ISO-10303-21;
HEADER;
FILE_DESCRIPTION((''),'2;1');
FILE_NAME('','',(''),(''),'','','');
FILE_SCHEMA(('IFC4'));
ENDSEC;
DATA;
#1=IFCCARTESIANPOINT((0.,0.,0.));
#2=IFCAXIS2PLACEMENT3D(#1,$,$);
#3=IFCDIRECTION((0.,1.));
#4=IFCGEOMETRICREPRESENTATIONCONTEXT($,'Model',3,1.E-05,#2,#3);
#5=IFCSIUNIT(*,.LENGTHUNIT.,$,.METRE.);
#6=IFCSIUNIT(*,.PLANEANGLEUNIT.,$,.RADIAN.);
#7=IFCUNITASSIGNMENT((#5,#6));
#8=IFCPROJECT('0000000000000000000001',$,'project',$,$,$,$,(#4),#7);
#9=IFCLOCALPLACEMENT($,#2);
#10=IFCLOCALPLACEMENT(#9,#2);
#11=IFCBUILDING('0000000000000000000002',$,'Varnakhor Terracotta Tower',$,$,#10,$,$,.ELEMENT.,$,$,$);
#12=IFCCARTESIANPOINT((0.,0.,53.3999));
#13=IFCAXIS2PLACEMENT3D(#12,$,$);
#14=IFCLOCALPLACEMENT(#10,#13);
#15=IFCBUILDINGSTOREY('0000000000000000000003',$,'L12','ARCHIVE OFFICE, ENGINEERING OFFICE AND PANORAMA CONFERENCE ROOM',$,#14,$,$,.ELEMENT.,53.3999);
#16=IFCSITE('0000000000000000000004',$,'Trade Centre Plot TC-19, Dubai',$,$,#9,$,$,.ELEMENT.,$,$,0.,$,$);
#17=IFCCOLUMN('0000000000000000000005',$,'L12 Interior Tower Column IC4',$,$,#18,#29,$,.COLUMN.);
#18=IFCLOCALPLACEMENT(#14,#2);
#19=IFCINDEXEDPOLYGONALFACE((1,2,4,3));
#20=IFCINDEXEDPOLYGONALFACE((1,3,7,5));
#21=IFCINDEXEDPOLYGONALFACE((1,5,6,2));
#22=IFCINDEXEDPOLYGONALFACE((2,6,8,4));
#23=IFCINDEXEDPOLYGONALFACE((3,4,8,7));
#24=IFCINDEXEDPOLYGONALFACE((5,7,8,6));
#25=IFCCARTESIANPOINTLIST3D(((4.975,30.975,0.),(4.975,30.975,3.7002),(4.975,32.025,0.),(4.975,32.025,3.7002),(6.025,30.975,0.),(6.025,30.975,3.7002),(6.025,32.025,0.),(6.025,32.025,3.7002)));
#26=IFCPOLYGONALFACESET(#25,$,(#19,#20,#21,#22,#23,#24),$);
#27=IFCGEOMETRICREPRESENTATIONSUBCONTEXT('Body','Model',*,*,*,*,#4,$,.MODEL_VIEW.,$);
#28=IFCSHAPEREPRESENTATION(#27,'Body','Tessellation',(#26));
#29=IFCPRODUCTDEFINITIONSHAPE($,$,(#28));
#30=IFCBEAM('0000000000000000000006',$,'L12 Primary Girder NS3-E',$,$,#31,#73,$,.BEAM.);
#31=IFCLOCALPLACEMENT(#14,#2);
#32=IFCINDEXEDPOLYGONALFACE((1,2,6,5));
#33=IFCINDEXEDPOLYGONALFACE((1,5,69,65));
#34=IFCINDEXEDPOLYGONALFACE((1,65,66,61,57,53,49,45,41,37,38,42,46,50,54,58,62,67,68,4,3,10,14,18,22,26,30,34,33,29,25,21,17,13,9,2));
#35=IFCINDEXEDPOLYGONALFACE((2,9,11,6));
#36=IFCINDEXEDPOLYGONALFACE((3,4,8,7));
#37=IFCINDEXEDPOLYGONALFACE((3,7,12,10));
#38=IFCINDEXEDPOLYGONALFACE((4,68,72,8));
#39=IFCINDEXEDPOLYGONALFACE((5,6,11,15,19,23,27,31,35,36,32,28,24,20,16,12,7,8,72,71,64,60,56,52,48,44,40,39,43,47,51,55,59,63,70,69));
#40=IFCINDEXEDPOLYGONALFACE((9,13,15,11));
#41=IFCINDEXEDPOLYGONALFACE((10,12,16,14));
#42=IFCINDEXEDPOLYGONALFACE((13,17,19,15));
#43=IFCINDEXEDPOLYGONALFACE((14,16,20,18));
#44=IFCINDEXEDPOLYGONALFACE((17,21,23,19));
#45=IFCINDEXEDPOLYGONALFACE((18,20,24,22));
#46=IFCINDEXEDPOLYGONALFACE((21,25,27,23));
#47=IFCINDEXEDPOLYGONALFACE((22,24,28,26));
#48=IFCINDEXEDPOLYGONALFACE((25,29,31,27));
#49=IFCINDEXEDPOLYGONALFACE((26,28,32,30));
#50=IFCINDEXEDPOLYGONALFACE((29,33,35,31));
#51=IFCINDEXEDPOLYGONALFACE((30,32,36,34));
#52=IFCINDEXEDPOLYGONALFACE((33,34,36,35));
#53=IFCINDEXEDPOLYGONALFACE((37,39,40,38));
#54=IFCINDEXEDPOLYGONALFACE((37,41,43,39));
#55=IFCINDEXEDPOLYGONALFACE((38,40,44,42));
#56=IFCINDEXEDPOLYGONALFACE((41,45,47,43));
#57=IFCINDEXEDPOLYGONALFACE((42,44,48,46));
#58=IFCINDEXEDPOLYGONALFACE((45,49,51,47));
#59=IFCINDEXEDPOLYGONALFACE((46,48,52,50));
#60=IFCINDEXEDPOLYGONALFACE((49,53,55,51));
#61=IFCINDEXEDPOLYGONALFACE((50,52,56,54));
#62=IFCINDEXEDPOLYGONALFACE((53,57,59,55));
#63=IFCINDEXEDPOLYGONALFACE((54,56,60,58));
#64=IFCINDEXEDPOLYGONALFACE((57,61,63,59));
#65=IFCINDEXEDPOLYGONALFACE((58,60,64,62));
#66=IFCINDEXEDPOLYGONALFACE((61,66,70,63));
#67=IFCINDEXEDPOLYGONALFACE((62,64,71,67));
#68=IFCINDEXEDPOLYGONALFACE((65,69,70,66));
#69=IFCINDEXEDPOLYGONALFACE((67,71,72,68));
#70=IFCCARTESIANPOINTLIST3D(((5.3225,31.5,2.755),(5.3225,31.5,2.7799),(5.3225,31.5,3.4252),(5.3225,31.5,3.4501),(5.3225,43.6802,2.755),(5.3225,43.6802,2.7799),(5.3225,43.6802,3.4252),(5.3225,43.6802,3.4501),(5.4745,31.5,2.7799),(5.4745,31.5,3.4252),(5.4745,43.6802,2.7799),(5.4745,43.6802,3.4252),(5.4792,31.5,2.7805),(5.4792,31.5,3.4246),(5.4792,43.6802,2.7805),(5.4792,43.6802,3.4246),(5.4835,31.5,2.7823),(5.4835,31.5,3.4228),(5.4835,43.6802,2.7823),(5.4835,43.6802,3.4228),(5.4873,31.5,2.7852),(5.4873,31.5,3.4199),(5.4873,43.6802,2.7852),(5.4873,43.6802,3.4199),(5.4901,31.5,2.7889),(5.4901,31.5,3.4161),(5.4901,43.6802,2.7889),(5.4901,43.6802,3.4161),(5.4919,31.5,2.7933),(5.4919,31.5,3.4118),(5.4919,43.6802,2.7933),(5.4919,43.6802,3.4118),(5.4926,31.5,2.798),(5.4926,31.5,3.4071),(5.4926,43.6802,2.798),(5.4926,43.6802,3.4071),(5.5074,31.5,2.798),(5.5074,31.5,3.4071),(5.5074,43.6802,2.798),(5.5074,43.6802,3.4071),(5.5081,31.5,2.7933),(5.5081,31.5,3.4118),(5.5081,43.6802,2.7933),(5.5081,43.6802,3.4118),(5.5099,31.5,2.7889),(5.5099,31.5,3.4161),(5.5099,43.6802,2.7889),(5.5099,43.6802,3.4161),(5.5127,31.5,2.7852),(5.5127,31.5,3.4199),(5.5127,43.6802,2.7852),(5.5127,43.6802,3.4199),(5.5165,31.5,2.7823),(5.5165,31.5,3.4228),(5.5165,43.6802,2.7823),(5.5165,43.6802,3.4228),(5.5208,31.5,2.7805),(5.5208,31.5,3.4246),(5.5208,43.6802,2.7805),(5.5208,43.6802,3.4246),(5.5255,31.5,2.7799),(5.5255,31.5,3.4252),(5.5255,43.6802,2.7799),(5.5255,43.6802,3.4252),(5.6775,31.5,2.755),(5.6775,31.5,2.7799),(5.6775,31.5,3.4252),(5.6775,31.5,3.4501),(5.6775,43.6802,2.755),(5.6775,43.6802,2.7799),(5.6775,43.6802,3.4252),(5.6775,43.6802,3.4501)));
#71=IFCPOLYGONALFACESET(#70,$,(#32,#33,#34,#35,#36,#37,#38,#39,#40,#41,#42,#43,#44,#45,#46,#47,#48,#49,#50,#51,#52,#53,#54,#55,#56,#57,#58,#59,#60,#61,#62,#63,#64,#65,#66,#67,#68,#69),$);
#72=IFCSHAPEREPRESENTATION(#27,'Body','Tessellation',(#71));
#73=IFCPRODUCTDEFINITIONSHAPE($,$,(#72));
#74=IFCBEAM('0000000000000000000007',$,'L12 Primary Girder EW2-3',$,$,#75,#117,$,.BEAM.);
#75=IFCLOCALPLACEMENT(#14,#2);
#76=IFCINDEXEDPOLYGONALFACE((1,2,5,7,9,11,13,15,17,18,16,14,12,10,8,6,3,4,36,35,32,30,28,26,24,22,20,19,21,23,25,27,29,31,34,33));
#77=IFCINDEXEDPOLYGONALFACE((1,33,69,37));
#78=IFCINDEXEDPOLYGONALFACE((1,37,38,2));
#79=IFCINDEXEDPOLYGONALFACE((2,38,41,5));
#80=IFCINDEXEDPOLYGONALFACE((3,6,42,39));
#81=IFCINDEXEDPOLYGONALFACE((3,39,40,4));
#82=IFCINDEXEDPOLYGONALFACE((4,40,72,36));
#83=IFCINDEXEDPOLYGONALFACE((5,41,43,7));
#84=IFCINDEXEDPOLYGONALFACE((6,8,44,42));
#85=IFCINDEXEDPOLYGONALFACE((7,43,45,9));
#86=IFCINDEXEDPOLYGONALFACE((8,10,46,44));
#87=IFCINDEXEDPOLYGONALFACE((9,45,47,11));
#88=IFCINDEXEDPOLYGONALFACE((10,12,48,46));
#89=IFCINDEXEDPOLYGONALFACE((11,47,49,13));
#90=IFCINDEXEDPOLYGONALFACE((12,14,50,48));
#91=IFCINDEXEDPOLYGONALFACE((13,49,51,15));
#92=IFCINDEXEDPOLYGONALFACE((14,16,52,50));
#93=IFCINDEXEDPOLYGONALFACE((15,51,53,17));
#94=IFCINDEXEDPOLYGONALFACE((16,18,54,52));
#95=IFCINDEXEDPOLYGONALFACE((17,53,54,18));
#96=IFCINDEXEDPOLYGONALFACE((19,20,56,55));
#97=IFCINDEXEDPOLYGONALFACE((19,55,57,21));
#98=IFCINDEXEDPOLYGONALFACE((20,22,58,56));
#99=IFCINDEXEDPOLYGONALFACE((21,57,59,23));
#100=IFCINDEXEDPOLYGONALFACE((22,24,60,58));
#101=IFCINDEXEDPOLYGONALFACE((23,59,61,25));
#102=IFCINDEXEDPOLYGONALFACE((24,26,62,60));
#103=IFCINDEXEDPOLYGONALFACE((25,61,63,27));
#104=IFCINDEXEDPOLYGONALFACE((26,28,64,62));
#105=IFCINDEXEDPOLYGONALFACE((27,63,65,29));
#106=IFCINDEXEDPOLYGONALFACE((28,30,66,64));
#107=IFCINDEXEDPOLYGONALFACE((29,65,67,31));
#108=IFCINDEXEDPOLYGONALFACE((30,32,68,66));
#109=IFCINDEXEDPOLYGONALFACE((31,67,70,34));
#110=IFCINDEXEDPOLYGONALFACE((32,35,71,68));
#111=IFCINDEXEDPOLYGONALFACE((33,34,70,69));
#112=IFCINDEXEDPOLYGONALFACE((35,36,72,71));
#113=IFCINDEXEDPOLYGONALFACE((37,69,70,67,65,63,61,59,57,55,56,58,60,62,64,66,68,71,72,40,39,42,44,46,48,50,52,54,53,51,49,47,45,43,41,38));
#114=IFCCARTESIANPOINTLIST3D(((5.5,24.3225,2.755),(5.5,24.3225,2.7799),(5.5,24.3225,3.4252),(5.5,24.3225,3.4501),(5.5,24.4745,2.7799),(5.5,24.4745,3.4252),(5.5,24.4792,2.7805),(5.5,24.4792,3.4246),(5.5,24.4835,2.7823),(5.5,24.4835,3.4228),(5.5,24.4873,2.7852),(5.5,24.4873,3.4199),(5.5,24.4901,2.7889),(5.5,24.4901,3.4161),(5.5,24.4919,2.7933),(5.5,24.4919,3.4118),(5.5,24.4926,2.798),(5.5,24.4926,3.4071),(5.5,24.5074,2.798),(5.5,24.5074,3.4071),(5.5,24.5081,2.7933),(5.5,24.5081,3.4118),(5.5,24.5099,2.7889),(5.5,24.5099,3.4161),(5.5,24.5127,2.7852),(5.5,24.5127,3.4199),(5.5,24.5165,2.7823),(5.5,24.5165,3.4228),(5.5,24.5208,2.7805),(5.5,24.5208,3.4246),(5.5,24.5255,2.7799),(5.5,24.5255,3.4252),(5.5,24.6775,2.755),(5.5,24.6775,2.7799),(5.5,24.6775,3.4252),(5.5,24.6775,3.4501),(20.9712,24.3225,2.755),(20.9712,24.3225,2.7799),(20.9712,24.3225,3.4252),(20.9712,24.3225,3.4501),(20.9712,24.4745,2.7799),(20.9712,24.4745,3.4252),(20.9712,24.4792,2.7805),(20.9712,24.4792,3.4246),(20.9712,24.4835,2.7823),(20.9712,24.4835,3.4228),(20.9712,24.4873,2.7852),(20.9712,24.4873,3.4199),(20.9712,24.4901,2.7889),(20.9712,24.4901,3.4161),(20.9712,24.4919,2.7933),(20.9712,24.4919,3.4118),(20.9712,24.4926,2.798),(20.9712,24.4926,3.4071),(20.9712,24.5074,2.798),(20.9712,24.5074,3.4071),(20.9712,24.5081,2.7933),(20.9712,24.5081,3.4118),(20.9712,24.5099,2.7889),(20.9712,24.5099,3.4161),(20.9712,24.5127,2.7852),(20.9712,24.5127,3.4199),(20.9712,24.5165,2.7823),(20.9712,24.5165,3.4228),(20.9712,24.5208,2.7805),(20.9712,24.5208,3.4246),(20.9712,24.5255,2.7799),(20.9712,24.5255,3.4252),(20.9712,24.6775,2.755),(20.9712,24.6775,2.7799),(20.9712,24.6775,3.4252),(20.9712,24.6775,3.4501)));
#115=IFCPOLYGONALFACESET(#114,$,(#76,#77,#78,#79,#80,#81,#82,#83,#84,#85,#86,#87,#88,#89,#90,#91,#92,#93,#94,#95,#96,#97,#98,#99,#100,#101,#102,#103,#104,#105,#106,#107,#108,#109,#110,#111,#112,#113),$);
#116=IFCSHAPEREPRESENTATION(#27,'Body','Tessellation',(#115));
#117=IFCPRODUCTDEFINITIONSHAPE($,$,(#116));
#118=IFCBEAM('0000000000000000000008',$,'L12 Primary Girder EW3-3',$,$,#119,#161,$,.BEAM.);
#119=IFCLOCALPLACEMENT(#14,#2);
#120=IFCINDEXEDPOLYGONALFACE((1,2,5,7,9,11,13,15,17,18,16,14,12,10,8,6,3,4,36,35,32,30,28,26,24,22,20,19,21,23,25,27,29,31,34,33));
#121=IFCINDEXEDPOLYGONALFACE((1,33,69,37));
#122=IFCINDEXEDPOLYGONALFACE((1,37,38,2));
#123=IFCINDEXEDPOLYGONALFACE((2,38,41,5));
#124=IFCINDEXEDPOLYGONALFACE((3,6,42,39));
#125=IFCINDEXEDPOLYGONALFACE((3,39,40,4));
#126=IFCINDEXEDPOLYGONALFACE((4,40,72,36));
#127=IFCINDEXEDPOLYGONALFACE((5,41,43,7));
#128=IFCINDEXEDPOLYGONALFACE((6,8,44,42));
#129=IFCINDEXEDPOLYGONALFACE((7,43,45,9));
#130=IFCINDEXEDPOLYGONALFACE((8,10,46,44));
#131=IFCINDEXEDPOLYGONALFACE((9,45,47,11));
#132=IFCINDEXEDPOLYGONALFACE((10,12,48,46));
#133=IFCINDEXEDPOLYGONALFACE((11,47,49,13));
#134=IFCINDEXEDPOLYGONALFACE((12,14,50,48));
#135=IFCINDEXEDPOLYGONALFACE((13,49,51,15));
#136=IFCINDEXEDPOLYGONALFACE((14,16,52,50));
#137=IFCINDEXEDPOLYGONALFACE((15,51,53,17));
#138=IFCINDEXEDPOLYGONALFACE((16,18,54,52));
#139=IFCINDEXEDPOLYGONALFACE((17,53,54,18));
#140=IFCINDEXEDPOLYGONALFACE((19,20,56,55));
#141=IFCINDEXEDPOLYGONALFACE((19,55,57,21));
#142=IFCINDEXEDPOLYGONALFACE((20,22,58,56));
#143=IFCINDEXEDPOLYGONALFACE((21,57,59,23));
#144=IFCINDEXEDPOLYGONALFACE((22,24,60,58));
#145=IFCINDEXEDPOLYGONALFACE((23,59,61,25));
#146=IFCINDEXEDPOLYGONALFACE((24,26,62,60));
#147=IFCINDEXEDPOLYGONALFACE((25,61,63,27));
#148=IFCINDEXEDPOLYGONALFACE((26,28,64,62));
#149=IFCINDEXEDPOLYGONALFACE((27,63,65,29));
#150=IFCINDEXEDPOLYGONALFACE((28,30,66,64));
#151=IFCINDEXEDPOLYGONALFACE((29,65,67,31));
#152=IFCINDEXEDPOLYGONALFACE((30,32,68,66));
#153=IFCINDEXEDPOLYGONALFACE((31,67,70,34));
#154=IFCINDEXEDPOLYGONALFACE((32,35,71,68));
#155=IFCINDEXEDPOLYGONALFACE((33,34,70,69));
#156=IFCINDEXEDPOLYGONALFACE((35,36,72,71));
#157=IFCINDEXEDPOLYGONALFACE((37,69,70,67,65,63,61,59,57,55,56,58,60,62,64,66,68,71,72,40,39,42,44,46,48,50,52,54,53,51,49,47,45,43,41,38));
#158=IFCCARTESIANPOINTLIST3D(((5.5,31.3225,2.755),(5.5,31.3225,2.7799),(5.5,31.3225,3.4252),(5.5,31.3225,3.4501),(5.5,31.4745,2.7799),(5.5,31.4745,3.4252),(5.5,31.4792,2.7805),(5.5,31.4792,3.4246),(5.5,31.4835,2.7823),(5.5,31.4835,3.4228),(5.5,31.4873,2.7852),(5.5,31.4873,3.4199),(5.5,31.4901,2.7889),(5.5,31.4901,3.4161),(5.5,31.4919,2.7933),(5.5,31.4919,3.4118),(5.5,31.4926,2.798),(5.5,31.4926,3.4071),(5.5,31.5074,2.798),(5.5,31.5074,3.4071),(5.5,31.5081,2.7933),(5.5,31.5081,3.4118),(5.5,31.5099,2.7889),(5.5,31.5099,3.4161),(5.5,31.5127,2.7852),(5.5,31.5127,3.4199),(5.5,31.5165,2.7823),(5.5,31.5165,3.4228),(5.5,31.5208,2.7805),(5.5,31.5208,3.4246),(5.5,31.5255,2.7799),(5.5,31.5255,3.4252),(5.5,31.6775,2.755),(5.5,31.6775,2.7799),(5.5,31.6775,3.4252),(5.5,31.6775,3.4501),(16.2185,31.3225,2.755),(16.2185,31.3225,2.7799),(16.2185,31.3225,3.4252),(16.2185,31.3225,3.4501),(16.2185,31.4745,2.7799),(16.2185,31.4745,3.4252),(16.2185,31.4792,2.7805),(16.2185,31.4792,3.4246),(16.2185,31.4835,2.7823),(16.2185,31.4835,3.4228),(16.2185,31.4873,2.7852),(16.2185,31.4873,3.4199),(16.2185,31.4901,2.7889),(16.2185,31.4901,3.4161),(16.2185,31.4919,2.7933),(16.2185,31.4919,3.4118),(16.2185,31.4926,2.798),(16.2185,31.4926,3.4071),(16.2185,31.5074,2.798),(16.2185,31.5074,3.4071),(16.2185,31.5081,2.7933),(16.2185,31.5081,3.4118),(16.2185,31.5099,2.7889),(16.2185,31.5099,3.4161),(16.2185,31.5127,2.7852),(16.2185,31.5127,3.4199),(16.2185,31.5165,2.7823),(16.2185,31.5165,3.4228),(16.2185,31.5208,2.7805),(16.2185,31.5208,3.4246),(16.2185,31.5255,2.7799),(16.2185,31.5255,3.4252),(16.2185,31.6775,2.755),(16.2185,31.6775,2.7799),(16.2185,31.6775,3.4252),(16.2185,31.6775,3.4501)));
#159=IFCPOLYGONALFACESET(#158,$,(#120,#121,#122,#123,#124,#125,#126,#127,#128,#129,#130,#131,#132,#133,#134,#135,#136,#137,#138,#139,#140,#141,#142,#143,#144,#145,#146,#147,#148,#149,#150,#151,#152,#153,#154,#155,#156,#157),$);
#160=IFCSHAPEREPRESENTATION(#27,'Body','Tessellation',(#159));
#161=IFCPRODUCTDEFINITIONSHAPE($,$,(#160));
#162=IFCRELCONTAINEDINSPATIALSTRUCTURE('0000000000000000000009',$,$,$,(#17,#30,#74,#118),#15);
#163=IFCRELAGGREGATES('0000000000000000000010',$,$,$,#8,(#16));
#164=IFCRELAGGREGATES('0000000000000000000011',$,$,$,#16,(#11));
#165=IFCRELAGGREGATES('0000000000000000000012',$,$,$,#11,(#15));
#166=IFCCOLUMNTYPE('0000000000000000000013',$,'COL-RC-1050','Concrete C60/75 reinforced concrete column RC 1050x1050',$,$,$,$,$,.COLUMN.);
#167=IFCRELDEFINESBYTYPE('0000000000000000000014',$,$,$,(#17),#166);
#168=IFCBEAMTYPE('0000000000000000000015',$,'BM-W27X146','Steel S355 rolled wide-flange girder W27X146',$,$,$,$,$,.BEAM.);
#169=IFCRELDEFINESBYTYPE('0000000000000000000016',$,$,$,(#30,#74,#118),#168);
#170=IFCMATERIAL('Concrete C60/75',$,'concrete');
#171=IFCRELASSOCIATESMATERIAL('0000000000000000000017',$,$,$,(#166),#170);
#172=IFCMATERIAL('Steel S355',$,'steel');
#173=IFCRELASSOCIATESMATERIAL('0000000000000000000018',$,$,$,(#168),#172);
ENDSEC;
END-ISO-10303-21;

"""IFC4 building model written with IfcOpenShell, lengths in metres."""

from ifc_helpers import new_model, si_unit, direction, frame, origin, origin_2d, place, context, subcontext, project, spatial, rectangle, i_section, extrude, source, transform, mapped, material, material_profile, profile_set, type_object, element, save


model = new_model("IFC4")

# Units and contexts
model_context = context("Model", 3, precision=1e-05, world=origin(), true_north=direction((0.0, 1.0)))
body_context = subcontext(model_context, "Body", "Model", "MODEL_VIEW")
ifc_project = project(units=[si_unit("LENGTHUNIT", "METRE"), si_unit("PLANEANGLEUNIT", "RADIAN")], contexts=[model_context])

# Site, building, storey
site_placement = place(None, origin())
site = spatial("IfcSite", under=ifc_project, at=site_placement, Name="Trade Centre Plot TC-19, Dubai", CompositionType="ELEMENT", RefElevation=0.0)
building_placement = place(site_placement, origin())
building = spatial("IfcBuilding", under=site, at=building_placement, Name="Varnakhor Terracotta Tower", CompositionType="ELEMENT")
storey_placement = place(building_placement, frame((0.0, 0.0, 53.3999)))
storey = spatial("IfcBuildingStorey", under=building, at=storey_placement, Name="L12", Description="ARCHIVE OFFICE, ENGINEERING OFFICE AND PANORAMA CONFERENCE ROOM", CompositionType="ELEMENT", Elevation=53.3999)

# Column
ifc_material_1 = material(Name="Concrete C60/75", Category="concrete")
ifc_material_profile_1 = material_profile(ifc_material_1, rectangle(XDim=1.05, YDim=1.05, at=origin_2d()), Name="RC 1050x1050")
ifc_profile_set_1 = profile_set([ifc_material_profile_1], Name="Concrete C60/75")
column_type = type_object("IfcColumnType", Name="COL-RC-1050", Description="Concrete C60/75 reinforced concrete column RC 1050x1050", PredefinedType="COLUMN", material=ifc_profile_set_1)
shared_shape_1 = source(origin(), body_context, "Body", "SweptSolid", [
    extrude(rectangle(XDim=1.05, YDim=1.05, at=origin_2d()), origin(), (0.0, 0.0, 1.0), 3.7002),
])
column_placement = place(storey_placement, frame((5.5, 31.5, 0.0), z_axis=(0.0, 0.0, 1.0), x_axis=(1.0, 0.0, 0.0)))
element("IfcColumn", 1, at=column_placement, inside=storey, type_object=column_type, Name="L12 Interior Tower Column IC4", PredefinedType="COLUMN", context=body_context, shape_type="MappedRepresentation", body=[
    mapped(shared_shape_1, transform((0.0, 0.0, 0.0), scale=1.0)),
])

# Beams
ifc_material_2 = material(Name="Steel S355", Category="steel")
ifc_material_profile_2 = material_profile(ifc_material_2, i_section(OverallWidth=0.355, OverallDepth=0.6951, WebThickness=0.0149, FlangeThickness=0.0249, FilletRadius=0.0181, at=origin_2d()), Name="W27X146")
ifc_profile_set_2 = profile_set([ifc_material_profile_2], Name="Steel S355")
beam_type_1 = type_object("IfcBeamType", Name="BM-W27X146", Description="Steel S355 rolled wide-flange girder W27X146", PredefinedType="BEAM", material=ifc_profile_set_2)
shared_shape_2 = source(origin(), body_context, "Body", "SweptSolid", [
    extrude(i_section(OverallWidth=0.355, OverallDepth=0.6951, WebThickness=0.0149, FlangeThickness=0.0249, FilletRadius=0.0181, at=origin_2d()), origin(), (0.0, 0.0, 1.0), 12.1802),
])
beam_1_placement = place(storey_placement, frame((5.5, 31.5, 3.1025), z_axis=(0.0, 1.0, 0.0), x_axis=(-1.0, 0.0, 0.0)))
element("IfcBeam", 2, at=beam_1_placement, inside=storey, type_object=beam_type_1, Name="L12 Primary Girder NS3-E", PredefinedType="BEAM", context=body_context, shape_type="MappedRepresentation", body=[
    mapped(shared_shape_2, transform((0.0, 0.0, 0.0), scale=1.0)),
])
shared_shape_3 = source(origin(), body_context, "Body", "SweptSolid", [
    extrude(i_section(OverallWidth=0.355, OverallDepth=0.6951, WebThickness=0.0149, FlangeThickness=0.0249, FilletRadius=0.0181, at=origin_2d()), origin(), (0.0, 0.0, 1.0), 15.4712),
])
beam_2_placement = place(storey_placement, frame((5.5, 24.5, 3.1025), z_axis=(1.0, 0.0, 0.0), x_axis=(0.0, 1.0, 0.0)))
element("IfcBeam", 3, at=beam_2_placement, inside=storey, type_object=beam_type_1, Name="L12 Primary Girder EW2-3", PredefinedType="BEAM", context=body_context, shape_type="MappedRepresentation", body=[
    mapped(shared_shape_3, transform((0.0, 0.0, 0.0), scale=1.0)),
])
shared_shape_4 = source(origin(), body_context, "Body", "SweptSolid", [
    extrude(i_section(OverallWidth=0.355, OverallDepth=0.6951, WebThickness=0.0149, FlangeThickness=0.0249, FilletRadius=0.0181, at=origin_2d()), origin(), (0.0, 0.0, 1.0), 10.7185),
])
beam_3_placement = place(storey_placement, frame((5.5, 31.5, 3.1025), z_axis=(1.0, 0.0, 0.0), x_axis=(0.0, 1.0, 0.0)))
element("IfcBeam", 4, at=beam_3_placement, inside=storey, type_object=beam_type_1, Name="L12 Primary Girder EW3-3", PredefinedType="BEAM", context=body_context, shape_type="MappedRepresentation", body=[
    mapped(shared_shape_4, transform((0.0, 0.0, 0.0), scale=1.0)),
])

save(model, "model.ifc")
